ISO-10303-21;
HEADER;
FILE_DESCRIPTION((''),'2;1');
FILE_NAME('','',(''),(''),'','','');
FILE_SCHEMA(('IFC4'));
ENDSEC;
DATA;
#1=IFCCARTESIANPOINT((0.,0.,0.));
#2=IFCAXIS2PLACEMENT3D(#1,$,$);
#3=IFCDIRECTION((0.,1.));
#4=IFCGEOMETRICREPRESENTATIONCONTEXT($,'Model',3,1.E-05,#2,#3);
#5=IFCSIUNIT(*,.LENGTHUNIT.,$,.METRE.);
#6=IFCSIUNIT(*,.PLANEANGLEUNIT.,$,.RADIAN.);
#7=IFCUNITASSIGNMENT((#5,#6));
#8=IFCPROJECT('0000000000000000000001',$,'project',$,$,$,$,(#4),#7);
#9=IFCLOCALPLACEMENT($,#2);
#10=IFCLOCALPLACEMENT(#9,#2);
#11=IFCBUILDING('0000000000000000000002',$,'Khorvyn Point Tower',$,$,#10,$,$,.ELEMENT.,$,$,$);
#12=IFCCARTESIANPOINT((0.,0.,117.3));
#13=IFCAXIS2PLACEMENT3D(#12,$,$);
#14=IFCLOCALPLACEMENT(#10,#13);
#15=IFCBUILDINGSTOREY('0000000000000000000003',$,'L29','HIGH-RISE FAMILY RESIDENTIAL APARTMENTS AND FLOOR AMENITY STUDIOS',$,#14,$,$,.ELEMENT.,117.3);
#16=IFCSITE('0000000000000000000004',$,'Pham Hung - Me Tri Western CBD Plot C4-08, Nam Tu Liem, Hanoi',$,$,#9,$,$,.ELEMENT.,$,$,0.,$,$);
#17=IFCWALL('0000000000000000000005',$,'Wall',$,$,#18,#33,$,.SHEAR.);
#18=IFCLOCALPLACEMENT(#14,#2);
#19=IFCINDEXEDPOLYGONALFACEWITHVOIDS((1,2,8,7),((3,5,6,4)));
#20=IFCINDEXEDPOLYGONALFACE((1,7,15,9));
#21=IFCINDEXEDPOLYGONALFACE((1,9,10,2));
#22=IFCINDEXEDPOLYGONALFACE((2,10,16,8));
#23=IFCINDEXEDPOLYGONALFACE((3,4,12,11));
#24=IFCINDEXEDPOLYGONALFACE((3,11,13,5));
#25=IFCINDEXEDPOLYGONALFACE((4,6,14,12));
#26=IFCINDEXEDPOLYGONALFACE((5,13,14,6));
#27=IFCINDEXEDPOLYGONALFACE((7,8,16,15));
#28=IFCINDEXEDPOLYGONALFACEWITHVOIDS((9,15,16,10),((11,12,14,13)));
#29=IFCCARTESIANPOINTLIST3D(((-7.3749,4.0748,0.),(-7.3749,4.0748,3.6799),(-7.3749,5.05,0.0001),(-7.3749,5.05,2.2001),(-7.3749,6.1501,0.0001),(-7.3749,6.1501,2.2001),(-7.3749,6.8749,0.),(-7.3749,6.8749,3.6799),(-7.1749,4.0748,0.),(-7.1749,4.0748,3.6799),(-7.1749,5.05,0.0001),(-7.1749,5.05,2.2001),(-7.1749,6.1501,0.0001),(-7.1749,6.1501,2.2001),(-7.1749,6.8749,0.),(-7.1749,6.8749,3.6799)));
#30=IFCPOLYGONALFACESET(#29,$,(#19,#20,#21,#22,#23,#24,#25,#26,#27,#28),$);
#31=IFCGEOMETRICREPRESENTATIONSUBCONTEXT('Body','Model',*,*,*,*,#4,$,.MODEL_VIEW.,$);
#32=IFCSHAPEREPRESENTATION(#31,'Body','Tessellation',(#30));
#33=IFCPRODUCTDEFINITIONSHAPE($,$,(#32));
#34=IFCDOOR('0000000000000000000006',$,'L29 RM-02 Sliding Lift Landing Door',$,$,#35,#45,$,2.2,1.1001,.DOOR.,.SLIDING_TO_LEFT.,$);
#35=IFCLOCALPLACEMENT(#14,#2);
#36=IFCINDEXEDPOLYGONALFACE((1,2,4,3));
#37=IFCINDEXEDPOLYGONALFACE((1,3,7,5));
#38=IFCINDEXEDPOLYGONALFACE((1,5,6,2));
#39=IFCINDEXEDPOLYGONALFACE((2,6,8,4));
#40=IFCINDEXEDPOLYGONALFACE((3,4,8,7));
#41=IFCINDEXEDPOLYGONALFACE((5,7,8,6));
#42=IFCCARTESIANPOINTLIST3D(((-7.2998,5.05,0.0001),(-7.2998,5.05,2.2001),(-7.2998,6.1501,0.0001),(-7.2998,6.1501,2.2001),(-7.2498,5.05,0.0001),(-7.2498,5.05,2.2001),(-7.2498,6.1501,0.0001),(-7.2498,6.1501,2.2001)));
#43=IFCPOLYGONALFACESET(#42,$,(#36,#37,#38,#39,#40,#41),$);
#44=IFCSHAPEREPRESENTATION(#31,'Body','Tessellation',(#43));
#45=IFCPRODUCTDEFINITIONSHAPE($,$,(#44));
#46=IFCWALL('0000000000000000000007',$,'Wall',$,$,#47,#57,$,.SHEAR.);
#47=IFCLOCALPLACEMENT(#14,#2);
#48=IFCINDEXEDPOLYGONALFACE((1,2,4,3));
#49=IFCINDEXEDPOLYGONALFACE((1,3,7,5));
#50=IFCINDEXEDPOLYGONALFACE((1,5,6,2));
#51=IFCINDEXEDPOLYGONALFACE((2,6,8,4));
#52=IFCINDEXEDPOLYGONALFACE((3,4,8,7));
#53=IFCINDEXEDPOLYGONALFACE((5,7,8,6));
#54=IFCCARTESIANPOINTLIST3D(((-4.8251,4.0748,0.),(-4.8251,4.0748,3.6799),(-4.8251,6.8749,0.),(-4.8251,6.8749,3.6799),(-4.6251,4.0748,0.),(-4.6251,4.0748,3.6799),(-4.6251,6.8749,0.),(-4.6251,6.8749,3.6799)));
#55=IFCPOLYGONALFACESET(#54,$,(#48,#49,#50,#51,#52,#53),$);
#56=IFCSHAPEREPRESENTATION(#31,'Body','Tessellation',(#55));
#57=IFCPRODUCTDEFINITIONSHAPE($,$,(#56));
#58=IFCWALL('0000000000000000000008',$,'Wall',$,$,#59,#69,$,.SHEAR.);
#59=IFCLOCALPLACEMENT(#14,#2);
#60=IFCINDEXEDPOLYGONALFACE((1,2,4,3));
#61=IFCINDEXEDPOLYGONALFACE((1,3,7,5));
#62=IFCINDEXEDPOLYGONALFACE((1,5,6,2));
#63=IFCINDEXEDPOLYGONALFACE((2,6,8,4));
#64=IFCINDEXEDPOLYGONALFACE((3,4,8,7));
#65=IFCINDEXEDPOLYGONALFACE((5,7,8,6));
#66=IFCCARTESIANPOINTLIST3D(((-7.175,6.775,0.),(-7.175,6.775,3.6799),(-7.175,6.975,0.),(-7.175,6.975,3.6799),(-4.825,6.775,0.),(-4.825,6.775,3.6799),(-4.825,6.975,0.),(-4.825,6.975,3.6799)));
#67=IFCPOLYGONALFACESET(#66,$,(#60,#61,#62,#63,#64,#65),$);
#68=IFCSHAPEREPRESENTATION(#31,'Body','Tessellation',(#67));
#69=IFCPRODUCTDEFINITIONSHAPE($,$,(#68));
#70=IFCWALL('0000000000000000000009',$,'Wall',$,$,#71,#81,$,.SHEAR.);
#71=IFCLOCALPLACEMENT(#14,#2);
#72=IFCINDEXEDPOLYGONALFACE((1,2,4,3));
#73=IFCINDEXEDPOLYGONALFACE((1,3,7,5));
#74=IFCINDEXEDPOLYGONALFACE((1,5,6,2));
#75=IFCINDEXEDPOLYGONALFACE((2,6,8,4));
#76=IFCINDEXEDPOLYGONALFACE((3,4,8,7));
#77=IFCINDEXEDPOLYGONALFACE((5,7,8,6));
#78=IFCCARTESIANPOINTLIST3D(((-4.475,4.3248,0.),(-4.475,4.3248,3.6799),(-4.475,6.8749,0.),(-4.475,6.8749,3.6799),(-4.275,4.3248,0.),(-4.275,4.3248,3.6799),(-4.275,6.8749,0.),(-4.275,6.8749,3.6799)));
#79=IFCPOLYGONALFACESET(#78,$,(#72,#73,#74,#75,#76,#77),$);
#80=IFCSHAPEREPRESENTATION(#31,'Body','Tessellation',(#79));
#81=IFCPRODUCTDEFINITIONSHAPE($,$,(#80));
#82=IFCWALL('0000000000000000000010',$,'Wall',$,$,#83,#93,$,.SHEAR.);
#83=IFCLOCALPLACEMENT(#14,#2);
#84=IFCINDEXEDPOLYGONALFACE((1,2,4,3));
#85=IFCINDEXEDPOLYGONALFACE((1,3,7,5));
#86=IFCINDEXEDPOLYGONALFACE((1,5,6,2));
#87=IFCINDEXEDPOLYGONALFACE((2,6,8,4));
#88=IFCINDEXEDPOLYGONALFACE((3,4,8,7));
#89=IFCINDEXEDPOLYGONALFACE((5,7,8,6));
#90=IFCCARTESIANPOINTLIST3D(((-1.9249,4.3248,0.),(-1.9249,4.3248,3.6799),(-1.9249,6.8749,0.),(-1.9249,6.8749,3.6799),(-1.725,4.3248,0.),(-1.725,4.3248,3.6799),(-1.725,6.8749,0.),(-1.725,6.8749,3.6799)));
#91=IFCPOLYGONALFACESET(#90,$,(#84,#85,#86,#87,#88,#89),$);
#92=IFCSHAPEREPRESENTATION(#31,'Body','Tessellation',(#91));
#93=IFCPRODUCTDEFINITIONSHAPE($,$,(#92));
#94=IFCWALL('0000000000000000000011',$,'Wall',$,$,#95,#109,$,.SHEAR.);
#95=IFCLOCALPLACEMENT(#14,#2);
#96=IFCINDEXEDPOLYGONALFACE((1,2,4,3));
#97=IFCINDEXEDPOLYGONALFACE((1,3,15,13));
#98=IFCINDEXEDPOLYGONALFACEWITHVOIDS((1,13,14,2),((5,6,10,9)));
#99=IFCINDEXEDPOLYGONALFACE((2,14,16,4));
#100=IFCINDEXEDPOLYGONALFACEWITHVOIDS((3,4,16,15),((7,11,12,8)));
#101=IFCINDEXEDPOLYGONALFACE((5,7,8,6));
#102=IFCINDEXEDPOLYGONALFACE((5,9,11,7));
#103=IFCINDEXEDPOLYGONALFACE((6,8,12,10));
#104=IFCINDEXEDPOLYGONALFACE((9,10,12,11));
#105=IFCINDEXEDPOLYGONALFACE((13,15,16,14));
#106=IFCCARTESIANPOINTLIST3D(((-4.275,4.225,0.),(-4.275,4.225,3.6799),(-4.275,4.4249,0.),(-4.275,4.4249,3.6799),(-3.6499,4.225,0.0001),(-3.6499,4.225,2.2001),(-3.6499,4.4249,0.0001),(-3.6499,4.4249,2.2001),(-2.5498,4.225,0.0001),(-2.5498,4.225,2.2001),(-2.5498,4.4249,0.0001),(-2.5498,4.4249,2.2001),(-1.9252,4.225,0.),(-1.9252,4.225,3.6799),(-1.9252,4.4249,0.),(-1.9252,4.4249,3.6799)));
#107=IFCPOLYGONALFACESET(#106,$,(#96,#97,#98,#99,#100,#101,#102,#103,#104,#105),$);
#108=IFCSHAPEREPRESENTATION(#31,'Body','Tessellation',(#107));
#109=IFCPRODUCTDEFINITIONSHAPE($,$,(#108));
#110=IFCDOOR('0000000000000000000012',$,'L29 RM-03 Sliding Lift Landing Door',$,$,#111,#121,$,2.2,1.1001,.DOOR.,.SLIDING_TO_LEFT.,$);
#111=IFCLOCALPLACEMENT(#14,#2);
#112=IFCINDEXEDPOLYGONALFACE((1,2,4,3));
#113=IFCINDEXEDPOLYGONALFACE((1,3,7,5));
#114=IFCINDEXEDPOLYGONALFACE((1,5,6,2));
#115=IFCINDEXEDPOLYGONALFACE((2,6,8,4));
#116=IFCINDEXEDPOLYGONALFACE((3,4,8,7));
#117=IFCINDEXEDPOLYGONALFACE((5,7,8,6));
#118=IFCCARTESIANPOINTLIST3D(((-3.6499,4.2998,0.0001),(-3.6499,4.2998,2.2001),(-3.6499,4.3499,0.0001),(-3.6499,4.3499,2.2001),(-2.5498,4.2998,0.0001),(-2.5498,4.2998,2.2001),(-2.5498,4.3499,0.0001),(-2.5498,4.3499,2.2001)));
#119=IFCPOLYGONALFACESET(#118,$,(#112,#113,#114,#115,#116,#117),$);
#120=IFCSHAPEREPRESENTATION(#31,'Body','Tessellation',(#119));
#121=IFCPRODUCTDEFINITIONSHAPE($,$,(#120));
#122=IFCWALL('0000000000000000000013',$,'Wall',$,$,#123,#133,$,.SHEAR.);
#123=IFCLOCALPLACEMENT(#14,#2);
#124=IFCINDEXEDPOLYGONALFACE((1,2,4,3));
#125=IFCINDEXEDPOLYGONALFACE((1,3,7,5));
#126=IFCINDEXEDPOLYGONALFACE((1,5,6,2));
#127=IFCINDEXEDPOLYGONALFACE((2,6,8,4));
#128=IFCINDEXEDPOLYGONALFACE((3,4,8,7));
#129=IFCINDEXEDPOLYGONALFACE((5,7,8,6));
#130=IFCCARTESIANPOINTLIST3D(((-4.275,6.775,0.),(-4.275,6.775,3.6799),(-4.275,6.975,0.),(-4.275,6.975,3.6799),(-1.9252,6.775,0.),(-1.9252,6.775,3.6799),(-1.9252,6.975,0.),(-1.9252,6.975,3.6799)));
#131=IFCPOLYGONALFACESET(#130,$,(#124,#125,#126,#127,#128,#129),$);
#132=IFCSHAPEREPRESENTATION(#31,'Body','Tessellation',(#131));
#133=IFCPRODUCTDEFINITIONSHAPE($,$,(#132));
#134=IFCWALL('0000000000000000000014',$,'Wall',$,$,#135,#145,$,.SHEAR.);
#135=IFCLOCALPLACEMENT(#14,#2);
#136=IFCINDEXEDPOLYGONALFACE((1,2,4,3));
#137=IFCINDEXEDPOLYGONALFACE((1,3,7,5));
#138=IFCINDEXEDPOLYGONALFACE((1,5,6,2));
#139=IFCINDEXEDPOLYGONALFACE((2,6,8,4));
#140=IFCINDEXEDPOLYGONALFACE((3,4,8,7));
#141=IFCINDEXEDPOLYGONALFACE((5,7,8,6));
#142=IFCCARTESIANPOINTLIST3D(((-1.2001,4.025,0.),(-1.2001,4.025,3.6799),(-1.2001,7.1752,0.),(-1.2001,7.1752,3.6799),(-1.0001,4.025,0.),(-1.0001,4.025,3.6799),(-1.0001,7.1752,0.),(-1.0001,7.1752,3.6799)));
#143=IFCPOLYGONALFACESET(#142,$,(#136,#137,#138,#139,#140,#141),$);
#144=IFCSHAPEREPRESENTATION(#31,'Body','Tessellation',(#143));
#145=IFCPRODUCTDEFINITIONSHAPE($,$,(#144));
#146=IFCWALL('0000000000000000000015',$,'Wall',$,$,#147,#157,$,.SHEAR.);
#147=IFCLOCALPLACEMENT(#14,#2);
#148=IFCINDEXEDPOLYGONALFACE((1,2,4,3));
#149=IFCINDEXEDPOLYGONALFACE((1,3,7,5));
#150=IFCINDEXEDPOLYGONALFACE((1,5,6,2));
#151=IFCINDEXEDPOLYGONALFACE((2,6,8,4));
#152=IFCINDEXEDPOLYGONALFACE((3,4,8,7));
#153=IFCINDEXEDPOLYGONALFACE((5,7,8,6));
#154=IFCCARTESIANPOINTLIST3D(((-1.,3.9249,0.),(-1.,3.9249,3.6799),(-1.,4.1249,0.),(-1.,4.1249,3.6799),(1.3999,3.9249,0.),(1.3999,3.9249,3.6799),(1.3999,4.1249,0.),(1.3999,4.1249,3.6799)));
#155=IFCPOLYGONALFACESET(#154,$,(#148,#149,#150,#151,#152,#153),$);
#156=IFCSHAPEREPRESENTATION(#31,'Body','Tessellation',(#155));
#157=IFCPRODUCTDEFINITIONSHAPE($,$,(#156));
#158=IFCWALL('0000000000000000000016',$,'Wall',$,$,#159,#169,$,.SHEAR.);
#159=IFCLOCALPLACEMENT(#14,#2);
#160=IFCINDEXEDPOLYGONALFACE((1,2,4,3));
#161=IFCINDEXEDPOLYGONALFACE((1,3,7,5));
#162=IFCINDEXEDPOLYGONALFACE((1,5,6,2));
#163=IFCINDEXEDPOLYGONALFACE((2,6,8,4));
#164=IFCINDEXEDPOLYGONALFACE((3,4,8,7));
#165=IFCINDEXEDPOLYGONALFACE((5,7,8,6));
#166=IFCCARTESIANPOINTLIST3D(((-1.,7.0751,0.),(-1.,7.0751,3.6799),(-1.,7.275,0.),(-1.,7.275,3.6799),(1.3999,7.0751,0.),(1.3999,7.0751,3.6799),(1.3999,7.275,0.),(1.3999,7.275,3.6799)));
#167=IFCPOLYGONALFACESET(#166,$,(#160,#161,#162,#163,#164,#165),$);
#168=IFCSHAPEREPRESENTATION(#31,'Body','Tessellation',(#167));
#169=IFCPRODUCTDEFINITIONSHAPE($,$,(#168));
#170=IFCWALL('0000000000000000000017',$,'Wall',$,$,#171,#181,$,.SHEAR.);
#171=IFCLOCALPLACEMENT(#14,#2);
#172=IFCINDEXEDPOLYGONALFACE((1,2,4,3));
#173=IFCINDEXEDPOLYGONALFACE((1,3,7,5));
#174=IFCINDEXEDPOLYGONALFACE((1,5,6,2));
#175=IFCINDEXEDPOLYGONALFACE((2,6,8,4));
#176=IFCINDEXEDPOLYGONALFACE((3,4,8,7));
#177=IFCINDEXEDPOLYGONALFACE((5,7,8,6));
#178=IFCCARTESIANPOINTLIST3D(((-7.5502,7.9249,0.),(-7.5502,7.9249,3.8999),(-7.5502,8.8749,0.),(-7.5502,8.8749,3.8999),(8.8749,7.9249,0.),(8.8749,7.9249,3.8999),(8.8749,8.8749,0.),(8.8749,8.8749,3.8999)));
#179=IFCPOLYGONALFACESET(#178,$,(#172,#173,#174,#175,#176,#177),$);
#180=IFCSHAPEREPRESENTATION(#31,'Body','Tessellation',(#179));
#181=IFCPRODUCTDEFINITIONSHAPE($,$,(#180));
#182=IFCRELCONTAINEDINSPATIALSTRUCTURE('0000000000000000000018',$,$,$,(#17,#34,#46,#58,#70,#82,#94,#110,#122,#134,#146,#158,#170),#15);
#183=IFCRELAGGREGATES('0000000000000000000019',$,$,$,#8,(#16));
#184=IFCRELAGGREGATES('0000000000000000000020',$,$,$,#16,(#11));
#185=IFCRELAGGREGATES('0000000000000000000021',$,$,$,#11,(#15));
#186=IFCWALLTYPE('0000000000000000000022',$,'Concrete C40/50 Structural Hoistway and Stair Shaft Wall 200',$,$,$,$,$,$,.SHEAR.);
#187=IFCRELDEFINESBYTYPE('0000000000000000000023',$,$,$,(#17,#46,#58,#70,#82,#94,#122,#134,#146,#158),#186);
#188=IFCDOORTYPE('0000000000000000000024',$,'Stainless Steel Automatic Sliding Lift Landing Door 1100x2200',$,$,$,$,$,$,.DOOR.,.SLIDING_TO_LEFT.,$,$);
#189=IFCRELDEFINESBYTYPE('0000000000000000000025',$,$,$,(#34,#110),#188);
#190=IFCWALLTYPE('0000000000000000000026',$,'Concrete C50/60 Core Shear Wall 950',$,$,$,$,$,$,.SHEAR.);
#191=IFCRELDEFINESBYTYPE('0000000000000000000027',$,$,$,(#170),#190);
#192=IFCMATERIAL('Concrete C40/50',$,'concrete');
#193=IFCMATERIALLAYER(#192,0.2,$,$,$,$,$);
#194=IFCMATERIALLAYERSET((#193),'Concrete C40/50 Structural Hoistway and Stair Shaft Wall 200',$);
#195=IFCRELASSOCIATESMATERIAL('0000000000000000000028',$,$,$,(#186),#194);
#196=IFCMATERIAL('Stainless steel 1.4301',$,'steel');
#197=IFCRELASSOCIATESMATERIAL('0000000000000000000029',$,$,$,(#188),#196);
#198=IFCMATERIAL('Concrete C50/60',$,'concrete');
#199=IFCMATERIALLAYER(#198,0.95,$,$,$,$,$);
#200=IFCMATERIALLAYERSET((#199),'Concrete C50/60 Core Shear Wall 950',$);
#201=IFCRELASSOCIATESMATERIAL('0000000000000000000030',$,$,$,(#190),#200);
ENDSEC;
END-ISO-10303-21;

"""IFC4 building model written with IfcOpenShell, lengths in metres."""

from ifc_helpers import new_model, si_unit, direction, frame, frame_2d, origin, place, context, subcontext, project, spatial, rectangle, extrude, material, layer, layer_set, type_object, element, fill, save


model = new_model("IFC4")

# Units and contexts
model_context = context("Model", 3, precision=1e-05, world=origin(), true_north=direction((0.0, 1.0)))
body_context = subcontext(model_context, "Body", "Model", "MODEL_VIEW")
ifc_project = project(units=[si_unit("LENGTHUNIT", "METRE"), si_unit("PLANEANGLEUNIT", "RADIAN")], contexts=[model_context])

# Site, building, storey
site_placement = place(None, origin())
site = spatial("IfcSite", under=ifc_project, at=site_placement, Name="Pham Hung - Me Tri Western CBD Plot C4-08, Nam Tu Liem, Hanoi", CompositionType="ELEMENT", RefElevation=0.0)
building_placement = place(site_placement, origin())
building = spatial("IfcBuilding", under=site, at=building_placement, Name="Khorvyn Point Tower", CompositionType="ELEMENT")
storey_placement = place(building_placement, frame((0.0, 0.0, 117.3)))
storey = spatial("IfcBuildingStorey", under=building, at=storey_placement, Name="L29", Description="HIGH-RISE FAMILY RESIDENTIAL APARTMENTS AND FLOOR AMENITY STUDIOS", CompositionType="ELEMENT", Elevation=117.3)

# Shared definitions
ifc_material_1 = material(Name="Concrete C40/50", Category="concrete")

# Shared definitions
ifc_material_2 = material(Name="Concrete C50/60", Category="concrete")

# Shared definitions
ifc_layer_1 = layer(ifc_material_1, 0.2)
ifc_layer_set_1 = layer_set([ifc_layer_1], Name="Concrete C40/50 Structural Hoistway and Stair Shaft Wall 200")
wall_type_1 = type_object("IfcWallType", Name="Concrete C40/50 Structural Hoistway and Stair Shaft Wall 200", PredefinedType="SHEAR", material=ifc_layer_set_1)

# Wall, opening, door
wall_1_placement = place(storey_placement, frame((-7.2749, 4.075, 0.0), z_axis=(0.0, 0.0, 1.0), x_axis=(0.0, 1.0, 0.0)))
wall_1 = element("IfcWall", 1, at=wall_1_placement, inside=storey, type_object=wall_type_1, Name="Wall", PredefinedType="SHEAR", context=body_context, shape_type="SweptSolid", body=[
    extrude(rectangle(XDim=2.8, YDim=0.2, at=frame_2d((1.3999, 0.0))), origin(), (0.0, 0.0, 1.0), 3.6799),
])
opening_1_placement = place(wall_1_placement, frame((0.9751, 0.0, 0.0)))
opening_1 = element("IfcOpeningElement", 2, at=opening_1_placement, cuts=wall_1, PredefinedType="OPENING", context=body_context, shape_type="SweptSolid", body=[
    extrude(rectangle(XDim=1.1001, YDim=2.2, at=frame_2d((0.55, 1.1001))), frame((0.0, 0.1099, 0.0), z_axis=(0.0, -1.0, 0.0), x_axis=(1.0, 0.0, 0.0)), (0.0, 0.0, 1.0), 0.22),
])
ifc_material_3 = material(Name="Stainless steel 1.4301", Category="steel")
door_type_1 = type_object("IfcDoorType", Name="Stainless Steel Automatic Sliding Lift Landing Door 1100x2200", OperationType="SLIDING_TO_LEFT", PredefinedType="DOOR", material=ifc_material_3)
door_1_placement = place(opening_1_placement, origin())
door_1 = element("IfcDoor", 3, at=door_1_placement, inside=storey, type_object=door_type_1, Name="L29 RM-02 Sliding Lift Landing Door", OperationType="SLIDING_TO_LEFT", OverallHeight=2.2, OverallWidth=1.1001, PredefinedType="DOOR", context=body_context, shape_type="SweptSolid", body=[
    extrude(rectangle(XDim=1.1001, YDim=2.2, at=frame_2d((0.55, 1.1001))), frame((0.0, 0.0249, 0.0), z_axis=(0.0, -1.0, 0.0), x_axis=(1.0, 0.0, 0.0)), (0.0, 0.0, 1.0), 0.05),
])
fill(opening_1, door_1)

# Walls
wall_2_placement = place(storey_placement, frame((-4.7251, 4.075, 0.0), z_axis=(0.0, 0.0, 1.0), x_axis=(0.0, 1.0, 0.0)))
element("IfcWall", 4, at=wall_2_placement, inside=storey, type_object=wall_type_1, Name="Wall", PredefinedType="SHEAR", context=body_context, shape_type="SweptSolid", body=[
    extrude(rectangle(XDim=2.8, YDim=0.2, at=frame_2d((1.3999, 0.0))), origin(), (0.0, 0.0, 1.0), 3.6799),
])
wall_3_placement = place(storey_placement, frame((-7.175, 6.875, 0.0), z_axis=(0.0, 0.0, 1.0), x_axis=(1.0, 0.0, 0.0)))
element("IfcWall", 5, at=wall_3_placement, inside=storey, type_object=wall_type_1, Name="Wall", PredefinedType="SHEAR", context=body_context, shape_type="SweptSolid", body=[
    extrude(rectangle(XDim=2.3501, YDim=0.2, at=frame_2d((1.175, 0.0))), origin(), (0.0, 0.0, 1.0), 3.6799),
])
for number, where, z_axis, x_axis, name in (
    (6, (-4.375, 4.325, 0.0), (0.0, 0.0, 1.0), (0.0, 1.0, 0.0), "Wall"),
    (7, (-1.825, 4.325, 0.0), (0.0, 0.0, 1.0), (0.0, 1.0, 0.0), "Wall"),
):
    element("IfcWall", number, at=place(storey_placement, frame(where, z_axis=z_axis, x_axis=x_axis)), inside=storey, type_object=wall_type_1, Name=name, PredefinedType="SHEAR", context=body_context, shape_type="SweptSolid", body=[
        extrude(rectangle(XDim=2.55, YDim=0.2, at=frame_2d((1.2749, 0.0))), origin(), (0.0, 0.0, 1.0), 3.6799),
    ])

# Wall, opening, door
wall_4_placement = place(storey_placement, frame((-4.2749, 4.325, 0.0), z_axis=(0.0, 0.0, 1.0), x_axis=(1.0, 0.0, 0.0)))
wall_4 = element("IfcWall", 8, at=wall_4_placement, inside=storey, type_object=wall_type_1, Name="Wall", PredefinedType="SHEAR", context=body_context, shape_type="SweptSolid", body=[
    extrude(rectangle(XDim=2.3499, YDim=0.2, at=frame_2d((1.1748, 0.0))), origin(), (0.0, 0.0, 1.0), 3.6799),
])
opening_2_placement = place(wall_4_placement, frame((0.625, 0.0, 0.0)))
opening_2 = element("IfcOpeningElement", 9, at=opening_2_placement, cuts=wall_4, PredefinedType="OPENING", context=body_context, shape_type="SweptSolid", body=[
    extrude(rectangle(XDim=1.1001, YDim=2.2, at=frame_2d((0.55, 1.1001))), frame((0.0, 0.1099, 0.0), z_axis=(0.0, -1.0, 0.0), x_axis=(1.0, 0.0, 0.0)), (0.0, 0.0, 1.0), 0.22),
])
door_2_placement = place(opening_2_placement, origin())
door_2 = element("IfcDoor", 10, at=door_2_placement, inside=storey, type_object=door_type_1, Name="L29 RM-03 Sliding Lift Landing Door", OperationType="SLIDING_TO_LEFT", OverallHeight=2.2, OverallWidth=1.1001, PredefinedType="DOOR", context=body_context, shape_type="SweptSolid", body=[
    extrude(rectangle(XDim=1.1001, YDim=2.2, at=frame_2d((0.55, 1.1001))), frame((0.0, 0.0249, 0.0), z_axis=(0.0, -1.0, 0.0), x_axis=(1.0, 0.0, 0.0)), (0.0, 0.0, 1.0), 0.05),
])
fill(opening_2, door_2)

# Walls
wall_5_placement = place(storey_placement, frame((-4.2749, 6.875, 0.0), z_axis=(0.0, 0.0, 1.0), x_axis=(1.0, 0.0, 0.0)))
element("IfcWall", 11, at=wall_5_placement, inside=storey, type_object=wall_type_1, Name="Wall", PredefinedType="SHEAR", context=body_context, shape_type="SweptSolid", body=[
    extrude(rectangle(XDim=2.3499, YDim=0.2, at=frame_2d((1.1748, 0.0))), origin(), (0.0, 0.0, 1.0), 3.6799),
])
wall_6_placement = place(storey_placement, frame((-1.1001, 4.0249, 0.0), z_axis=(0.0, 0.0, 1.0), x_axis=(0.0, 1.0, 0.0)))
element("IfcWall", 12, at=wall_6_placement, inside=storey, type_object=wall_type_1, Name="Wall", PredefinedType="SHEAR", context=body_context, shape_type="SweptSolid", body=[
    extrude(rectangle(XDim=3.1501, YDim=0.2, at=frame_2d((1.5752, 0.0))), origin(), (0.0, 0.0, 1.0), 3.6799),
])
for number, where, z_axis, x_axis, name in (
    (13, (-1.0, 4.0249, 0.0), (0.0, 0.0, 1.0), (1.0, 0.0, 0.0), "Wall"),
    (14, (-1.0, 7.175, 0.0), (0.0, 0.0, 1.0), (1.0, 0.0, 0.0), "Wall"),
):
    element("IfcWall", number, at=place(storey_placement, frame(where, z_axis=z_axis, x_axis=x_axis)), inside=storey, type_object=wall_type_1, Name=name, PredefinedType="SHEAR", context=body_context, shape_type="SweptSolid", body=[
        extrude(rectangle(XDim=2.3999, YDim=0.2, at=frame_2d((1.2, 0.0))), origin(), (0.0, 0.0, 1.0), 3.6799),
    ])
ifc_layer_2 = layer(ifc_material_2, 0.95)
ifc_layer_set_2 = layer_set([ifc_layer_2], Name="Concrete C50/60 Core Shear Wall 950")
wall_type_2 = type_object("IfcWallType", Name="Concrete C50/60 Core Shear Wall 950", PredefinedType="SHEAR", material=ifc_layer_set_2)
wall_7_placement = place(storey_placement, frame((-7.55, 8.3999, 0.0), z_axis=(0.0, 0.0, 1.0), x_axis=(1.0, 0.0, 0.0)))
element("IfcWall", 15, at=wall_7_placement, inside=storey, type_object=wall_type_2, Name="Wall", PredefinedType="SHEAR", context=body_context, shape_type="SweptSolid", body=[
    extrude(rectangle(XDim=16.425, YDim=0.95, at=frame_2d((8.2124, 0.0))), origin(), (0.0, 0.0, 1.0), 3.8999),
])

save(model, "model.ifc")
